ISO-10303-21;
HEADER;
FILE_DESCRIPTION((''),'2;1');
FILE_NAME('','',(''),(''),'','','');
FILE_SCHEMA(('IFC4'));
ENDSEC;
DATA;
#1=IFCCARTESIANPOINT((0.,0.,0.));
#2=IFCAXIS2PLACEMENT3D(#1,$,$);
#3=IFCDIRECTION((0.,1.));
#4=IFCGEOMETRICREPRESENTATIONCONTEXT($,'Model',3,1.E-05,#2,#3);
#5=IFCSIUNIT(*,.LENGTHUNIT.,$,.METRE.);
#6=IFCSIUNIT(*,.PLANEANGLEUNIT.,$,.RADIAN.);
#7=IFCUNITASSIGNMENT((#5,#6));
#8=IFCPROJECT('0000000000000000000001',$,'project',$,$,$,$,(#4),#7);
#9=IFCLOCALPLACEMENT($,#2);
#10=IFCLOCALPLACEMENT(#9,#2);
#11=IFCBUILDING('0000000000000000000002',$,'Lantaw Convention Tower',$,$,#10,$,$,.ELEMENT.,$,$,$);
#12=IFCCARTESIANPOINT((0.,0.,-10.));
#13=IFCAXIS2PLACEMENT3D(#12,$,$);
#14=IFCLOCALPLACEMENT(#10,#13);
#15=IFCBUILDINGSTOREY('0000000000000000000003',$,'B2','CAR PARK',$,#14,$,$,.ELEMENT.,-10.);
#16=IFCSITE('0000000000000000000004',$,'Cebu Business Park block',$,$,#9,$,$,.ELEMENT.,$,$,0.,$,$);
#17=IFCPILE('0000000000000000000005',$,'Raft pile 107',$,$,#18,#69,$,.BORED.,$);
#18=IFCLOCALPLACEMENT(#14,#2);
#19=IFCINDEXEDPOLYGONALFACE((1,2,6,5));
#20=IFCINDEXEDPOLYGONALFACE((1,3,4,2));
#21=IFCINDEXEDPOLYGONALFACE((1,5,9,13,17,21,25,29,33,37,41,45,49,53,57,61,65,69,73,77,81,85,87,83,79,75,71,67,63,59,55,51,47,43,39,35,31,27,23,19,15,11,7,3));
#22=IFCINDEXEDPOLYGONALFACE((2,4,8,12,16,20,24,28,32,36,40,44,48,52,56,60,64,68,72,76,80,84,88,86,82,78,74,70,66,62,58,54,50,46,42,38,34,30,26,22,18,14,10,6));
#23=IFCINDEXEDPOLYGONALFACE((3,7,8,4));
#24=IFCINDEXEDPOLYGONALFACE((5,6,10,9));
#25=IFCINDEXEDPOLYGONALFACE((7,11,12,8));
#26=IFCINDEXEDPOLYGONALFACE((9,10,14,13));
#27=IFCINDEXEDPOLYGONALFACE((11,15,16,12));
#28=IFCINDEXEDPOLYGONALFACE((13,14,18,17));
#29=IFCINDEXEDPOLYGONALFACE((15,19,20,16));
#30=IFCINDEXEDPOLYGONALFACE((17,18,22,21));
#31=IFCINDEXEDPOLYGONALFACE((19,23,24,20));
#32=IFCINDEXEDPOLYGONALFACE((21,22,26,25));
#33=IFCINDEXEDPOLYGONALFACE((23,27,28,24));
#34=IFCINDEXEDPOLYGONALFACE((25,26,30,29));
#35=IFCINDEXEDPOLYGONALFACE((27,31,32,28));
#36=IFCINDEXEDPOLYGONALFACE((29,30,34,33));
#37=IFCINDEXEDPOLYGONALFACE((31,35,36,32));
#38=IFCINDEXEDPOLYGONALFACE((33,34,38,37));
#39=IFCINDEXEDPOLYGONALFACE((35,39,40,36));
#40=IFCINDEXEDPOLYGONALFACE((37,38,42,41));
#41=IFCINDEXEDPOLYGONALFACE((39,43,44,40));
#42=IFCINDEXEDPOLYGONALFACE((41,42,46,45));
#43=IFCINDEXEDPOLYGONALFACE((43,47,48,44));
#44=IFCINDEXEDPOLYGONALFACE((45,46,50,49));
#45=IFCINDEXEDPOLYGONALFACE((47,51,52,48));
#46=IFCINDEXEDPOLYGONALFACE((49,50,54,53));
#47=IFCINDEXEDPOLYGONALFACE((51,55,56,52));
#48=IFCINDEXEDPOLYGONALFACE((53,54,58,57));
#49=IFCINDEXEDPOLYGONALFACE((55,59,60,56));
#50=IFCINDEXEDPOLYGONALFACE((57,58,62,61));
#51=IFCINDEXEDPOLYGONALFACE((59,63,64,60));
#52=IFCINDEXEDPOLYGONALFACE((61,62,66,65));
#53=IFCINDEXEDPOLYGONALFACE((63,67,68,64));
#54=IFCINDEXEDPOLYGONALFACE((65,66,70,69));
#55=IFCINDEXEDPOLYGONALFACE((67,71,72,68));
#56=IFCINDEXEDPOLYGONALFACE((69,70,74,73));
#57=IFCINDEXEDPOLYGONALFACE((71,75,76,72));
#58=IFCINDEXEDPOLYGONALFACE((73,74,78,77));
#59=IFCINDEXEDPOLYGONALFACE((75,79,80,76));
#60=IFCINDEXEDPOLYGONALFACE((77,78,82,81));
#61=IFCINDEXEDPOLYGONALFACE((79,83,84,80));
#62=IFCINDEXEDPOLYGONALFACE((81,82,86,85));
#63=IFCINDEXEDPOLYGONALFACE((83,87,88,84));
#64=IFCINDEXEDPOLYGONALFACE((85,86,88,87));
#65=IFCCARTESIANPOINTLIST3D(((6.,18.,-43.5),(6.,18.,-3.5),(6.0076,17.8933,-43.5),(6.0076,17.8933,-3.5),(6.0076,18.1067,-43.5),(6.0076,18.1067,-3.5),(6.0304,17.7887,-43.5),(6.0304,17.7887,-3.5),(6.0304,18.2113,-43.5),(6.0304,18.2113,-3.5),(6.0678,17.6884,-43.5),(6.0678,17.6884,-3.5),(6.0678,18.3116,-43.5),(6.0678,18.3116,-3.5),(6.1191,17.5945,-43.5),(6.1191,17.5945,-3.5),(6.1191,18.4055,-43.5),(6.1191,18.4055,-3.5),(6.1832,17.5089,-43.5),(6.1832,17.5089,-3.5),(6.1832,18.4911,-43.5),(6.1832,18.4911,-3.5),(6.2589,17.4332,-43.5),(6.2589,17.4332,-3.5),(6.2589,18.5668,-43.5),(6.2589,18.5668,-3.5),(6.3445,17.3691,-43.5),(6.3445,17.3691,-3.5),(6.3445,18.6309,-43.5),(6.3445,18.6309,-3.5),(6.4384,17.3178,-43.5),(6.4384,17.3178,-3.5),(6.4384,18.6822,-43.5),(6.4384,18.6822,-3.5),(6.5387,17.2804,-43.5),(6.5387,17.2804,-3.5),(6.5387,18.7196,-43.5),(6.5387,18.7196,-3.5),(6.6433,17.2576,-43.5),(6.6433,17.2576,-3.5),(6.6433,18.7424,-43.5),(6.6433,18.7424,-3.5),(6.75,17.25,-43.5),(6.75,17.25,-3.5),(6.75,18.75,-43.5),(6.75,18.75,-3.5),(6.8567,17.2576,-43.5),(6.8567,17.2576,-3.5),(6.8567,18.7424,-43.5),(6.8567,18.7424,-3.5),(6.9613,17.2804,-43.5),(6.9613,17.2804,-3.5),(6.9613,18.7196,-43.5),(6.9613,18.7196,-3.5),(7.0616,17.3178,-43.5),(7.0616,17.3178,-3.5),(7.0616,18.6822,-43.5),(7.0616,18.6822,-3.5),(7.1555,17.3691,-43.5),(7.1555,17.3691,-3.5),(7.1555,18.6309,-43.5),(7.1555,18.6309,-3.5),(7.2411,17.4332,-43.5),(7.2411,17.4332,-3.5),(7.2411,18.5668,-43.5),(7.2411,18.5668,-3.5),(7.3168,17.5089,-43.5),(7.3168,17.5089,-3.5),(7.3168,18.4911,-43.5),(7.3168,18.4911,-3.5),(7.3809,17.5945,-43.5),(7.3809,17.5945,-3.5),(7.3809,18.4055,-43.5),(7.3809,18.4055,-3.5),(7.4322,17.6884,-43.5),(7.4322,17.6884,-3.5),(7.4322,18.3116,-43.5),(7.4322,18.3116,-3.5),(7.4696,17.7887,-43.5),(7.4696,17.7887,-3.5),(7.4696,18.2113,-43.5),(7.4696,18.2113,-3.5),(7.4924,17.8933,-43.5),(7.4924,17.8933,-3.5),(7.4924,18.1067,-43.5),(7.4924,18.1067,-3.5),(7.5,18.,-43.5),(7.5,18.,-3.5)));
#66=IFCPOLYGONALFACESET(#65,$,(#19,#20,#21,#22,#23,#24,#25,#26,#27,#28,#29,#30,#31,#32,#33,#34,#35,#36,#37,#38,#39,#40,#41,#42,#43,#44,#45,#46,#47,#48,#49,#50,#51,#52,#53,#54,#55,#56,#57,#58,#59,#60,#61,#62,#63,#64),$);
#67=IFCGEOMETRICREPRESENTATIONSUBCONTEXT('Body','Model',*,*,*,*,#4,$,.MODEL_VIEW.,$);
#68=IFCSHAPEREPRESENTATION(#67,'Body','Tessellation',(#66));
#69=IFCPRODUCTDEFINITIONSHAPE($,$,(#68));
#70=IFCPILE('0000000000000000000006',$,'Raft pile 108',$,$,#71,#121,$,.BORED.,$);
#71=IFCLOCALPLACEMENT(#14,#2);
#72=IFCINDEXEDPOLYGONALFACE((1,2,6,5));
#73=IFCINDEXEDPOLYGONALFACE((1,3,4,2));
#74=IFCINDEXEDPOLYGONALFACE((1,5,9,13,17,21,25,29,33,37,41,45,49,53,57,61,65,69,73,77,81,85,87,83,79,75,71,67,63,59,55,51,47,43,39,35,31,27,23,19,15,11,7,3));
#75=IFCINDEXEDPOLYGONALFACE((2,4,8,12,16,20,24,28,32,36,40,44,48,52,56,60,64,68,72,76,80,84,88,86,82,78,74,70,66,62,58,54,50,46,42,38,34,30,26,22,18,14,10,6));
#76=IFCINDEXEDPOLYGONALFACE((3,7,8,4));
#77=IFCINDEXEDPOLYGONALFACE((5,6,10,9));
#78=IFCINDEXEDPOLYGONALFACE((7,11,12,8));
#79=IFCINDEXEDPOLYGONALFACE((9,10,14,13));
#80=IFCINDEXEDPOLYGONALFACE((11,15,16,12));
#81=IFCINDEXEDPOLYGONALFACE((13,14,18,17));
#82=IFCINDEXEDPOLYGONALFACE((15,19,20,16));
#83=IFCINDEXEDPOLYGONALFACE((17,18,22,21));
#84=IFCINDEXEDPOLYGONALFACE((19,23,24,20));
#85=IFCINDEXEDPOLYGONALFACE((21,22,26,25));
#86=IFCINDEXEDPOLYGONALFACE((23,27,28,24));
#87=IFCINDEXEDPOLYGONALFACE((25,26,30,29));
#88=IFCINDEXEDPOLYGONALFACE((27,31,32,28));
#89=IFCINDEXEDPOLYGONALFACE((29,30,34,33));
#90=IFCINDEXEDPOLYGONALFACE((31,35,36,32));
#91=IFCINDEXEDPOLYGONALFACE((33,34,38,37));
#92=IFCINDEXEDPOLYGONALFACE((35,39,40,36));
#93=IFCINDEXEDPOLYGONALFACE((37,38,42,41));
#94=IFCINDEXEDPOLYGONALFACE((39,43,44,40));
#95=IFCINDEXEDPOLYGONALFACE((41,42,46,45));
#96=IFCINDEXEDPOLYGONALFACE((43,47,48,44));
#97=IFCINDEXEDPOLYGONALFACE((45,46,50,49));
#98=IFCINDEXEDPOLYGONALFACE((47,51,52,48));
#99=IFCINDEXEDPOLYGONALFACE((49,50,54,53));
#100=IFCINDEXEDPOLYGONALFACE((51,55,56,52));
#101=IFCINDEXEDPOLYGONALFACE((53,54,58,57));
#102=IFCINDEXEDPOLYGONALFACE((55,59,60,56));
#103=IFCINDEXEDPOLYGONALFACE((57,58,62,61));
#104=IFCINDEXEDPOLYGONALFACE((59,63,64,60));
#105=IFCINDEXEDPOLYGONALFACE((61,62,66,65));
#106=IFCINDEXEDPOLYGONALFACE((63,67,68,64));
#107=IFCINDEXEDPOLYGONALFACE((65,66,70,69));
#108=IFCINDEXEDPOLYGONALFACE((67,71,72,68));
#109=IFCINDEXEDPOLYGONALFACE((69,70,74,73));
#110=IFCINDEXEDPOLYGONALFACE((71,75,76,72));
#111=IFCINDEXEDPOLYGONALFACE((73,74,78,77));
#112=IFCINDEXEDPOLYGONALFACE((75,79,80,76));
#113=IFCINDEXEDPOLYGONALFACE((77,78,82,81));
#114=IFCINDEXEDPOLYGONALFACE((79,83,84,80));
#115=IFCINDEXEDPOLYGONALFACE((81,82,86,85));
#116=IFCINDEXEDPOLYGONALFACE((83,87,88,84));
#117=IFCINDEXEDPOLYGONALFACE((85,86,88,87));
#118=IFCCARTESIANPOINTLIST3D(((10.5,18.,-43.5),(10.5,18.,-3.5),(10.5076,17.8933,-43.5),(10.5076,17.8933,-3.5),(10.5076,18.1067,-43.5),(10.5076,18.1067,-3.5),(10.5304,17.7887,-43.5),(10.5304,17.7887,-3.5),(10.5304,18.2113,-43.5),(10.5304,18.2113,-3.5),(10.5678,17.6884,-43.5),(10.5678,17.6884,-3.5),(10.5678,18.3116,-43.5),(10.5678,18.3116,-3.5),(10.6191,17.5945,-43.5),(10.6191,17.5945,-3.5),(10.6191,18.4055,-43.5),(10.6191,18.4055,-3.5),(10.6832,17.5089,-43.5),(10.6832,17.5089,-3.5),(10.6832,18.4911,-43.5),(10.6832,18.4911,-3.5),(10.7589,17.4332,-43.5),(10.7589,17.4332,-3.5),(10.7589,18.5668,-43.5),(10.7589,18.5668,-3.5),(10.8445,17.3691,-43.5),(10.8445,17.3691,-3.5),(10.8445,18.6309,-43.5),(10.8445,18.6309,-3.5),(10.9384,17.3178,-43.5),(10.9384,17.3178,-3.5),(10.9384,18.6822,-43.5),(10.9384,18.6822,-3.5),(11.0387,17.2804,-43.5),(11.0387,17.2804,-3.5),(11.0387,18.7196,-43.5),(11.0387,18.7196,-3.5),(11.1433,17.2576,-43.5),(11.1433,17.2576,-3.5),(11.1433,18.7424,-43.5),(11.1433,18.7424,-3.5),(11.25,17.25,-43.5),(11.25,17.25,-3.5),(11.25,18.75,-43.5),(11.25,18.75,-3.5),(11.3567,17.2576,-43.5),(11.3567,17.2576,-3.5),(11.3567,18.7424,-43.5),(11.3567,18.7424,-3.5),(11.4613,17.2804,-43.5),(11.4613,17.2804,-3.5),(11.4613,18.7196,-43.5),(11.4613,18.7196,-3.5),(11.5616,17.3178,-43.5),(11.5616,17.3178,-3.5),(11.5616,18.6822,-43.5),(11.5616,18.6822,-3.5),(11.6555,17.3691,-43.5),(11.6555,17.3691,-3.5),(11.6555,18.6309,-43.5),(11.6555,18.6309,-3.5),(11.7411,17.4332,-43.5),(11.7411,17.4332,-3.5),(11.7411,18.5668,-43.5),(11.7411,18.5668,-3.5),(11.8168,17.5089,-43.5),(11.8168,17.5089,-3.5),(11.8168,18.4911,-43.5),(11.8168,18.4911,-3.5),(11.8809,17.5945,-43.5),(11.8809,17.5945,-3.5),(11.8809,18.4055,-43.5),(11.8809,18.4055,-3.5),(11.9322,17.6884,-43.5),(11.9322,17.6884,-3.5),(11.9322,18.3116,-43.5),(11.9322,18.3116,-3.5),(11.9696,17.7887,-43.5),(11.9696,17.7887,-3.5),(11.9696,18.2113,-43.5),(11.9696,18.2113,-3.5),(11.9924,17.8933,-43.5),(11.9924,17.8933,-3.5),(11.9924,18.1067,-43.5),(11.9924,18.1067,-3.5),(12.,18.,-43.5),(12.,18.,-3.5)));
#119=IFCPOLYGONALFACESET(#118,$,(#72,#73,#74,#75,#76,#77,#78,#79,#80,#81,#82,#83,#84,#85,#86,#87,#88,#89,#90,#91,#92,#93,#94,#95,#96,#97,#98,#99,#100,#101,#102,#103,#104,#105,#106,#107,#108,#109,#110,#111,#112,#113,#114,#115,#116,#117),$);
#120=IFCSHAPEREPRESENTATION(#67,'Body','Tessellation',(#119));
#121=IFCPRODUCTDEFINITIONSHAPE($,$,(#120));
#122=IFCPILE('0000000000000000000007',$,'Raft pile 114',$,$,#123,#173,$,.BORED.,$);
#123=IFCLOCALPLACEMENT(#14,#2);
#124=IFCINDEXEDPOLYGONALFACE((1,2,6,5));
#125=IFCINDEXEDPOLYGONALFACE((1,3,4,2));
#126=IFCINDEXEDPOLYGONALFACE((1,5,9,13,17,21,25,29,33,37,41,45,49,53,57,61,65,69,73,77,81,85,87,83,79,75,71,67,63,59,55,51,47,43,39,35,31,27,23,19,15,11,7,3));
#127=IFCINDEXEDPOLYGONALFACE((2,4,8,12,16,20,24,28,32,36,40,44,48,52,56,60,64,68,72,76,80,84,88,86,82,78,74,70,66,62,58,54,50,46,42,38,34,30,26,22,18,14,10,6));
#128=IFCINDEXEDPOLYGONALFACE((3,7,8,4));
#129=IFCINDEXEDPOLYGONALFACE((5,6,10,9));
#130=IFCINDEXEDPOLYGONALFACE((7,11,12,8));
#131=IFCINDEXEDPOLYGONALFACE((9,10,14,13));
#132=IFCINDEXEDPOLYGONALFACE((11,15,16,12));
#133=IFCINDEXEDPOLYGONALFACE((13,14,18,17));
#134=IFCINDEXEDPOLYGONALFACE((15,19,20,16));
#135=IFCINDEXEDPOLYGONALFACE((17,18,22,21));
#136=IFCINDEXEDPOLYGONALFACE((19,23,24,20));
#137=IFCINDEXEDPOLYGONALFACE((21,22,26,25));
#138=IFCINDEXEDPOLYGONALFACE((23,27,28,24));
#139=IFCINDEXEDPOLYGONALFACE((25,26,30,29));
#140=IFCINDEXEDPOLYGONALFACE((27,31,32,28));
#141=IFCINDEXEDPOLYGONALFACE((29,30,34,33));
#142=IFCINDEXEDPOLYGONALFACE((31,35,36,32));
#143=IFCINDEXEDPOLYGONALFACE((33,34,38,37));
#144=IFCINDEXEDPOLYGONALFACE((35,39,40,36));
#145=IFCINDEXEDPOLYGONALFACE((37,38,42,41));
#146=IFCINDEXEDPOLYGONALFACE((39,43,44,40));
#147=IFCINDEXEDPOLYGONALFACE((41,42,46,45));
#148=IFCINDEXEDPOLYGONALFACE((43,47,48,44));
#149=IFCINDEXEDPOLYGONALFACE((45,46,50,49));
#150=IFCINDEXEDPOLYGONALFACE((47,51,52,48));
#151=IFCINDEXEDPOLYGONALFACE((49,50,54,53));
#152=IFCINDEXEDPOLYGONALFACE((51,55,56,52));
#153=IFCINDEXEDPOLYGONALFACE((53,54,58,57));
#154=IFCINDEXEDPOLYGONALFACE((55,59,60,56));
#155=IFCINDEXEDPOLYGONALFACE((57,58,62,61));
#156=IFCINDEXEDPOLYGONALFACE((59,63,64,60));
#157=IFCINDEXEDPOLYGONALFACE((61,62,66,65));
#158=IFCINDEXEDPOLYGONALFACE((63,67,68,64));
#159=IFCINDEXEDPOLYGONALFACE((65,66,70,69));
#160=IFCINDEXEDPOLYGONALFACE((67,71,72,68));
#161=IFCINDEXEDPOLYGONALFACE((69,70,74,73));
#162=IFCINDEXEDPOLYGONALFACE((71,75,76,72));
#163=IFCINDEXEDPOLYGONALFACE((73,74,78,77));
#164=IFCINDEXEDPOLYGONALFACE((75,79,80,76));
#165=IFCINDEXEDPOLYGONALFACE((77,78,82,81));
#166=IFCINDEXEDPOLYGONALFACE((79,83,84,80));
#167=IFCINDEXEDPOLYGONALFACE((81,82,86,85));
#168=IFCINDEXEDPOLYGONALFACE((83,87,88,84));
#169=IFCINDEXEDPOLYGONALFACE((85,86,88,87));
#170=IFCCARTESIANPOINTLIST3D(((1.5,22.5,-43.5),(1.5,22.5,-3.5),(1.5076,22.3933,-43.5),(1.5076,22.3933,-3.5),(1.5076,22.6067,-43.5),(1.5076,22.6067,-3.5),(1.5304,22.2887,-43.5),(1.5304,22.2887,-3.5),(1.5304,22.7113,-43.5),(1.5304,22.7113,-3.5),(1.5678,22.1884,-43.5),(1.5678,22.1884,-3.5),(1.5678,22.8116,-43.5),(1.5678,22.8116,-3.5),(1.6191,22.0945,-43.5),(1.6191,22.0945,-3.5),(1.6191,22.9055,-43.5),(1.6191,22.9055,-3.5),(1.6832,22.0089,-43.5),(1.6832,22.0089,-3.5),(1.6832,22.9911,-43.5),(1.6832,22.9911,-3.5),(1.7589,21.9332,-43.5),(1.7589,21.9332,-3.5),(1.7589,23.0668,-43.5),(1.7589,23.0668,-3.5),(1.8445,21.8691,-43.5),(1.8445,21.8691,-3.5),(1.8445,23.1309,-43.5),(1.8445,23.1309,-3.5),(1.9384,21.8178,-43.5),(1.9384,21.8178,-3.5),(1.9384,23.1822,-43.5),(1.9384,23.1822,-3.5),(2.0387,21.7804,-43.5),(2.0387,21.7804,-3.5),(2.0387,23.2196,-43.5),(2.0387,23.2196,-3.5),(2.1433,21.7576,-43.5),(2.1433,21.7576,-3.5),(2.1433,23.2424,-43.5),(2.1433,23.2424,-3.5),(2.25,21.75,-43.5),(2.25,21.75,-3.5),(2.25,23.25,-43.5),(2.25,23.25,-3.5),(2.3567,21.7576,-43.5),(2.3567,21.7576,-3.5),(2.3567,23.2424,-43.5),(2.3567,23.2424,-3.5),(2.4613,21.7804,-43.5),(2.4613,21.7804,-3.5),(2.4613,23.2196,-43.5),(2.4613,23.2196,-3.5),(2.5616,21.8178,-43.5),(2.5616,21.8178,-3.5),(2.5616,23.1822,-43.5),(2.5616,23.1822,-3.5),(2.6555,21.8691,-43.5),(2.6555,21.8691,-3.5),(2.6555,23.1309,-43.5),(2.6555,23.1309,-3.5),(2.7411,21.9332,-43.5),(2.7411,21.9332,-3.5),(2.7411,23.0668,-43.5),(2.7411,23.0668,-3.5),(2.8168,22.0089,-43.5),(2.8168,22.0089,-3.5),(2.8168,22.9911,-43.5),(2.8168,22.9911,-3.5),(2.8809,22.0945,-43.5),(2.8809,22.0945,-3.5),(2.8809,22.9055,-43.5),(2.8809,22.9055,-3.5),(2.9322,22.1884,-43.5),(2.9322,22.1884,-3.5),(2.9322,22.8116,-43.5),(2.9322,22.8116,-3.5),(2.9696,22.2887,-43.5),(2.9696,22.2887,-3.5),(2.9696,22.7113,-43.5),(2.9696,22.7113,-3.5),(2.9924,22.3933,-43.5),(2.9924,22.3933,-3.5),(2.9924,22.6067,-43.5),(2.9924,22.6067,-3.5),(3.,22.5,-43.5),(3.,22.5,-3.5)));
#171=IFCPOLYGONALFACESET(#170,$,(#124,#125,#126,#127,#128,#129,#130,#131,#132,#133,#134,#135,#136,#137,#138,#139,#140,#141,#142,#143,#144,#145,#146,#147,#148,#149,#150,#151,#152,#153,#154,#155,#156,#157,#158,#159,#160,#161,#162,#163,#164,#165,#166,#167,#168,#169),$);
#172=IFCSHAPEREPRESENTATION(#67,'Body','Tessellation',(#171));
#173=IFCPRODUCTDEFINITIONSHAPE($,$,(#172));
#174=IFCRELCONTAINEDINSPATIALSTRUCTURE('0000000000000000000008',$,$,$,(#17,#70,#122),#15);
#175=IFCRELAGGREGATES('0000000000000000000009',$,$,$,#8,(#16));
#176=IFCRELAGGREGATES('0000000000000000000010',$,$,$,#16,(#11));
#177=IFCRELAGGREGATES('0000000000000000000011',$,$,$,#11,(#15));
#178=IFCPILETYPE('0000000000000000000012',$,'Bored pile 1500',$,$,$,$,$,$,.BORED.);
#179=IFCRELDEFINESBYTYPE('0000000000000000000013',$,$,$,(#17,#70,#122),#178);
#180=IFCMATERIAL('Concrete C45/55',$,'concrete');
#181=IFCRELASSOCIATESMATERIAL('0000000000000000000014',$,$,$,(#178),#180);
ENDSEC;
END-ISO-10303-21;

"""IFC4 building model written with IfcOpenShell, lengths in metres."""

from ifc_helpers import new_model, si_unit, direction, frame, origin, origin_2d, place, context, subcontext, project, spatial, circle, extrude, material, material_profile, profile_set, type_object, element, save


model = new_model("IFC4")

# Units and contexts
model_context = context("Model", 3, precision=1e-05, world=origin(), true_north=direction((0.0, 1.0)))
body_context = subcontext(model_context, "Body", "Model", "MODEL_VIEW")
ifc_project = project(units=[si_unit("LENGTHUNIT", "METRE"), si_unit("PLANEANGLEUNIT", "RADIAN")], contexts=[model_context])

# Site, building, storey
site_placement = place(None, origin())
site = spatial("IfcSite", under=ifc_project, at=site_placement, Name="Cebu Business Park block", CompositionType="ELEMENT", RefElevation=0.0)
building_placement = place(site_placement, origin())
building = spatial("IfcBuilding", under=site, at=building_placement, Name="Lantaw Convention Tower", CompositionType="ELEMENT")
storey_placement = place(building_placement, frame((0.0, 0.0, -10.0)))
storey = spatial("IfcBuildingStorey", under=building, at=storey_placement, Name="B2", Description="CAR PARK", CompositionType="ELEMENT", Elevation=-10.0)

# Piles
ifc_material_1 = material(Name="Concrete C45/55", Category="concrete")
ifc_material_profile_1 = material_profile(ifc_material_1, circle(Radius=0.75, at=origin_2d()), Name="Bored pile 1500")
ifc_profile_set_1 = profile_set([ifc_material_profile_1], Name="Concrete C45/55")
pile_type_1 = type_object("IfcPileType", Name="Bored pile 1500", PredefinedType="BORED", material=ifc_profile_set_1)
for number, where, z_axis, x_axis, name in (
    (1, (6.75, 18.0, -3.5), (0.0, 0.0, -1.0), (1.0, 0.0, 0.0), "Raft pile 107"),
    (2, (11.25, 18.0, -3.5), (0.0, 0.0, -1.0), (1.0, 0.0, 0.0), "Raft pile 108"),
    (3, (2.25, 22.5, -3.5), (0.0, 0.0, -1.0), (1.0, 0.0, 0.0), "Raft pile 114"),
):
    element("IfcPile", number, at=place(storey_placement, frame(where, z_axis=z_axis, x_axis=x_axis)), inside=storey, type_object=pile_type_1, Name=name, PredefinedType="BORED", context=body_context, shape_type="SweptSolid", body=[
        extrude(circle(Radius=0.75, at=origin_2d()), origin(), (0.0, 0.0, 1.0), 40.0),
    ])

save(model, "model.ifc")
